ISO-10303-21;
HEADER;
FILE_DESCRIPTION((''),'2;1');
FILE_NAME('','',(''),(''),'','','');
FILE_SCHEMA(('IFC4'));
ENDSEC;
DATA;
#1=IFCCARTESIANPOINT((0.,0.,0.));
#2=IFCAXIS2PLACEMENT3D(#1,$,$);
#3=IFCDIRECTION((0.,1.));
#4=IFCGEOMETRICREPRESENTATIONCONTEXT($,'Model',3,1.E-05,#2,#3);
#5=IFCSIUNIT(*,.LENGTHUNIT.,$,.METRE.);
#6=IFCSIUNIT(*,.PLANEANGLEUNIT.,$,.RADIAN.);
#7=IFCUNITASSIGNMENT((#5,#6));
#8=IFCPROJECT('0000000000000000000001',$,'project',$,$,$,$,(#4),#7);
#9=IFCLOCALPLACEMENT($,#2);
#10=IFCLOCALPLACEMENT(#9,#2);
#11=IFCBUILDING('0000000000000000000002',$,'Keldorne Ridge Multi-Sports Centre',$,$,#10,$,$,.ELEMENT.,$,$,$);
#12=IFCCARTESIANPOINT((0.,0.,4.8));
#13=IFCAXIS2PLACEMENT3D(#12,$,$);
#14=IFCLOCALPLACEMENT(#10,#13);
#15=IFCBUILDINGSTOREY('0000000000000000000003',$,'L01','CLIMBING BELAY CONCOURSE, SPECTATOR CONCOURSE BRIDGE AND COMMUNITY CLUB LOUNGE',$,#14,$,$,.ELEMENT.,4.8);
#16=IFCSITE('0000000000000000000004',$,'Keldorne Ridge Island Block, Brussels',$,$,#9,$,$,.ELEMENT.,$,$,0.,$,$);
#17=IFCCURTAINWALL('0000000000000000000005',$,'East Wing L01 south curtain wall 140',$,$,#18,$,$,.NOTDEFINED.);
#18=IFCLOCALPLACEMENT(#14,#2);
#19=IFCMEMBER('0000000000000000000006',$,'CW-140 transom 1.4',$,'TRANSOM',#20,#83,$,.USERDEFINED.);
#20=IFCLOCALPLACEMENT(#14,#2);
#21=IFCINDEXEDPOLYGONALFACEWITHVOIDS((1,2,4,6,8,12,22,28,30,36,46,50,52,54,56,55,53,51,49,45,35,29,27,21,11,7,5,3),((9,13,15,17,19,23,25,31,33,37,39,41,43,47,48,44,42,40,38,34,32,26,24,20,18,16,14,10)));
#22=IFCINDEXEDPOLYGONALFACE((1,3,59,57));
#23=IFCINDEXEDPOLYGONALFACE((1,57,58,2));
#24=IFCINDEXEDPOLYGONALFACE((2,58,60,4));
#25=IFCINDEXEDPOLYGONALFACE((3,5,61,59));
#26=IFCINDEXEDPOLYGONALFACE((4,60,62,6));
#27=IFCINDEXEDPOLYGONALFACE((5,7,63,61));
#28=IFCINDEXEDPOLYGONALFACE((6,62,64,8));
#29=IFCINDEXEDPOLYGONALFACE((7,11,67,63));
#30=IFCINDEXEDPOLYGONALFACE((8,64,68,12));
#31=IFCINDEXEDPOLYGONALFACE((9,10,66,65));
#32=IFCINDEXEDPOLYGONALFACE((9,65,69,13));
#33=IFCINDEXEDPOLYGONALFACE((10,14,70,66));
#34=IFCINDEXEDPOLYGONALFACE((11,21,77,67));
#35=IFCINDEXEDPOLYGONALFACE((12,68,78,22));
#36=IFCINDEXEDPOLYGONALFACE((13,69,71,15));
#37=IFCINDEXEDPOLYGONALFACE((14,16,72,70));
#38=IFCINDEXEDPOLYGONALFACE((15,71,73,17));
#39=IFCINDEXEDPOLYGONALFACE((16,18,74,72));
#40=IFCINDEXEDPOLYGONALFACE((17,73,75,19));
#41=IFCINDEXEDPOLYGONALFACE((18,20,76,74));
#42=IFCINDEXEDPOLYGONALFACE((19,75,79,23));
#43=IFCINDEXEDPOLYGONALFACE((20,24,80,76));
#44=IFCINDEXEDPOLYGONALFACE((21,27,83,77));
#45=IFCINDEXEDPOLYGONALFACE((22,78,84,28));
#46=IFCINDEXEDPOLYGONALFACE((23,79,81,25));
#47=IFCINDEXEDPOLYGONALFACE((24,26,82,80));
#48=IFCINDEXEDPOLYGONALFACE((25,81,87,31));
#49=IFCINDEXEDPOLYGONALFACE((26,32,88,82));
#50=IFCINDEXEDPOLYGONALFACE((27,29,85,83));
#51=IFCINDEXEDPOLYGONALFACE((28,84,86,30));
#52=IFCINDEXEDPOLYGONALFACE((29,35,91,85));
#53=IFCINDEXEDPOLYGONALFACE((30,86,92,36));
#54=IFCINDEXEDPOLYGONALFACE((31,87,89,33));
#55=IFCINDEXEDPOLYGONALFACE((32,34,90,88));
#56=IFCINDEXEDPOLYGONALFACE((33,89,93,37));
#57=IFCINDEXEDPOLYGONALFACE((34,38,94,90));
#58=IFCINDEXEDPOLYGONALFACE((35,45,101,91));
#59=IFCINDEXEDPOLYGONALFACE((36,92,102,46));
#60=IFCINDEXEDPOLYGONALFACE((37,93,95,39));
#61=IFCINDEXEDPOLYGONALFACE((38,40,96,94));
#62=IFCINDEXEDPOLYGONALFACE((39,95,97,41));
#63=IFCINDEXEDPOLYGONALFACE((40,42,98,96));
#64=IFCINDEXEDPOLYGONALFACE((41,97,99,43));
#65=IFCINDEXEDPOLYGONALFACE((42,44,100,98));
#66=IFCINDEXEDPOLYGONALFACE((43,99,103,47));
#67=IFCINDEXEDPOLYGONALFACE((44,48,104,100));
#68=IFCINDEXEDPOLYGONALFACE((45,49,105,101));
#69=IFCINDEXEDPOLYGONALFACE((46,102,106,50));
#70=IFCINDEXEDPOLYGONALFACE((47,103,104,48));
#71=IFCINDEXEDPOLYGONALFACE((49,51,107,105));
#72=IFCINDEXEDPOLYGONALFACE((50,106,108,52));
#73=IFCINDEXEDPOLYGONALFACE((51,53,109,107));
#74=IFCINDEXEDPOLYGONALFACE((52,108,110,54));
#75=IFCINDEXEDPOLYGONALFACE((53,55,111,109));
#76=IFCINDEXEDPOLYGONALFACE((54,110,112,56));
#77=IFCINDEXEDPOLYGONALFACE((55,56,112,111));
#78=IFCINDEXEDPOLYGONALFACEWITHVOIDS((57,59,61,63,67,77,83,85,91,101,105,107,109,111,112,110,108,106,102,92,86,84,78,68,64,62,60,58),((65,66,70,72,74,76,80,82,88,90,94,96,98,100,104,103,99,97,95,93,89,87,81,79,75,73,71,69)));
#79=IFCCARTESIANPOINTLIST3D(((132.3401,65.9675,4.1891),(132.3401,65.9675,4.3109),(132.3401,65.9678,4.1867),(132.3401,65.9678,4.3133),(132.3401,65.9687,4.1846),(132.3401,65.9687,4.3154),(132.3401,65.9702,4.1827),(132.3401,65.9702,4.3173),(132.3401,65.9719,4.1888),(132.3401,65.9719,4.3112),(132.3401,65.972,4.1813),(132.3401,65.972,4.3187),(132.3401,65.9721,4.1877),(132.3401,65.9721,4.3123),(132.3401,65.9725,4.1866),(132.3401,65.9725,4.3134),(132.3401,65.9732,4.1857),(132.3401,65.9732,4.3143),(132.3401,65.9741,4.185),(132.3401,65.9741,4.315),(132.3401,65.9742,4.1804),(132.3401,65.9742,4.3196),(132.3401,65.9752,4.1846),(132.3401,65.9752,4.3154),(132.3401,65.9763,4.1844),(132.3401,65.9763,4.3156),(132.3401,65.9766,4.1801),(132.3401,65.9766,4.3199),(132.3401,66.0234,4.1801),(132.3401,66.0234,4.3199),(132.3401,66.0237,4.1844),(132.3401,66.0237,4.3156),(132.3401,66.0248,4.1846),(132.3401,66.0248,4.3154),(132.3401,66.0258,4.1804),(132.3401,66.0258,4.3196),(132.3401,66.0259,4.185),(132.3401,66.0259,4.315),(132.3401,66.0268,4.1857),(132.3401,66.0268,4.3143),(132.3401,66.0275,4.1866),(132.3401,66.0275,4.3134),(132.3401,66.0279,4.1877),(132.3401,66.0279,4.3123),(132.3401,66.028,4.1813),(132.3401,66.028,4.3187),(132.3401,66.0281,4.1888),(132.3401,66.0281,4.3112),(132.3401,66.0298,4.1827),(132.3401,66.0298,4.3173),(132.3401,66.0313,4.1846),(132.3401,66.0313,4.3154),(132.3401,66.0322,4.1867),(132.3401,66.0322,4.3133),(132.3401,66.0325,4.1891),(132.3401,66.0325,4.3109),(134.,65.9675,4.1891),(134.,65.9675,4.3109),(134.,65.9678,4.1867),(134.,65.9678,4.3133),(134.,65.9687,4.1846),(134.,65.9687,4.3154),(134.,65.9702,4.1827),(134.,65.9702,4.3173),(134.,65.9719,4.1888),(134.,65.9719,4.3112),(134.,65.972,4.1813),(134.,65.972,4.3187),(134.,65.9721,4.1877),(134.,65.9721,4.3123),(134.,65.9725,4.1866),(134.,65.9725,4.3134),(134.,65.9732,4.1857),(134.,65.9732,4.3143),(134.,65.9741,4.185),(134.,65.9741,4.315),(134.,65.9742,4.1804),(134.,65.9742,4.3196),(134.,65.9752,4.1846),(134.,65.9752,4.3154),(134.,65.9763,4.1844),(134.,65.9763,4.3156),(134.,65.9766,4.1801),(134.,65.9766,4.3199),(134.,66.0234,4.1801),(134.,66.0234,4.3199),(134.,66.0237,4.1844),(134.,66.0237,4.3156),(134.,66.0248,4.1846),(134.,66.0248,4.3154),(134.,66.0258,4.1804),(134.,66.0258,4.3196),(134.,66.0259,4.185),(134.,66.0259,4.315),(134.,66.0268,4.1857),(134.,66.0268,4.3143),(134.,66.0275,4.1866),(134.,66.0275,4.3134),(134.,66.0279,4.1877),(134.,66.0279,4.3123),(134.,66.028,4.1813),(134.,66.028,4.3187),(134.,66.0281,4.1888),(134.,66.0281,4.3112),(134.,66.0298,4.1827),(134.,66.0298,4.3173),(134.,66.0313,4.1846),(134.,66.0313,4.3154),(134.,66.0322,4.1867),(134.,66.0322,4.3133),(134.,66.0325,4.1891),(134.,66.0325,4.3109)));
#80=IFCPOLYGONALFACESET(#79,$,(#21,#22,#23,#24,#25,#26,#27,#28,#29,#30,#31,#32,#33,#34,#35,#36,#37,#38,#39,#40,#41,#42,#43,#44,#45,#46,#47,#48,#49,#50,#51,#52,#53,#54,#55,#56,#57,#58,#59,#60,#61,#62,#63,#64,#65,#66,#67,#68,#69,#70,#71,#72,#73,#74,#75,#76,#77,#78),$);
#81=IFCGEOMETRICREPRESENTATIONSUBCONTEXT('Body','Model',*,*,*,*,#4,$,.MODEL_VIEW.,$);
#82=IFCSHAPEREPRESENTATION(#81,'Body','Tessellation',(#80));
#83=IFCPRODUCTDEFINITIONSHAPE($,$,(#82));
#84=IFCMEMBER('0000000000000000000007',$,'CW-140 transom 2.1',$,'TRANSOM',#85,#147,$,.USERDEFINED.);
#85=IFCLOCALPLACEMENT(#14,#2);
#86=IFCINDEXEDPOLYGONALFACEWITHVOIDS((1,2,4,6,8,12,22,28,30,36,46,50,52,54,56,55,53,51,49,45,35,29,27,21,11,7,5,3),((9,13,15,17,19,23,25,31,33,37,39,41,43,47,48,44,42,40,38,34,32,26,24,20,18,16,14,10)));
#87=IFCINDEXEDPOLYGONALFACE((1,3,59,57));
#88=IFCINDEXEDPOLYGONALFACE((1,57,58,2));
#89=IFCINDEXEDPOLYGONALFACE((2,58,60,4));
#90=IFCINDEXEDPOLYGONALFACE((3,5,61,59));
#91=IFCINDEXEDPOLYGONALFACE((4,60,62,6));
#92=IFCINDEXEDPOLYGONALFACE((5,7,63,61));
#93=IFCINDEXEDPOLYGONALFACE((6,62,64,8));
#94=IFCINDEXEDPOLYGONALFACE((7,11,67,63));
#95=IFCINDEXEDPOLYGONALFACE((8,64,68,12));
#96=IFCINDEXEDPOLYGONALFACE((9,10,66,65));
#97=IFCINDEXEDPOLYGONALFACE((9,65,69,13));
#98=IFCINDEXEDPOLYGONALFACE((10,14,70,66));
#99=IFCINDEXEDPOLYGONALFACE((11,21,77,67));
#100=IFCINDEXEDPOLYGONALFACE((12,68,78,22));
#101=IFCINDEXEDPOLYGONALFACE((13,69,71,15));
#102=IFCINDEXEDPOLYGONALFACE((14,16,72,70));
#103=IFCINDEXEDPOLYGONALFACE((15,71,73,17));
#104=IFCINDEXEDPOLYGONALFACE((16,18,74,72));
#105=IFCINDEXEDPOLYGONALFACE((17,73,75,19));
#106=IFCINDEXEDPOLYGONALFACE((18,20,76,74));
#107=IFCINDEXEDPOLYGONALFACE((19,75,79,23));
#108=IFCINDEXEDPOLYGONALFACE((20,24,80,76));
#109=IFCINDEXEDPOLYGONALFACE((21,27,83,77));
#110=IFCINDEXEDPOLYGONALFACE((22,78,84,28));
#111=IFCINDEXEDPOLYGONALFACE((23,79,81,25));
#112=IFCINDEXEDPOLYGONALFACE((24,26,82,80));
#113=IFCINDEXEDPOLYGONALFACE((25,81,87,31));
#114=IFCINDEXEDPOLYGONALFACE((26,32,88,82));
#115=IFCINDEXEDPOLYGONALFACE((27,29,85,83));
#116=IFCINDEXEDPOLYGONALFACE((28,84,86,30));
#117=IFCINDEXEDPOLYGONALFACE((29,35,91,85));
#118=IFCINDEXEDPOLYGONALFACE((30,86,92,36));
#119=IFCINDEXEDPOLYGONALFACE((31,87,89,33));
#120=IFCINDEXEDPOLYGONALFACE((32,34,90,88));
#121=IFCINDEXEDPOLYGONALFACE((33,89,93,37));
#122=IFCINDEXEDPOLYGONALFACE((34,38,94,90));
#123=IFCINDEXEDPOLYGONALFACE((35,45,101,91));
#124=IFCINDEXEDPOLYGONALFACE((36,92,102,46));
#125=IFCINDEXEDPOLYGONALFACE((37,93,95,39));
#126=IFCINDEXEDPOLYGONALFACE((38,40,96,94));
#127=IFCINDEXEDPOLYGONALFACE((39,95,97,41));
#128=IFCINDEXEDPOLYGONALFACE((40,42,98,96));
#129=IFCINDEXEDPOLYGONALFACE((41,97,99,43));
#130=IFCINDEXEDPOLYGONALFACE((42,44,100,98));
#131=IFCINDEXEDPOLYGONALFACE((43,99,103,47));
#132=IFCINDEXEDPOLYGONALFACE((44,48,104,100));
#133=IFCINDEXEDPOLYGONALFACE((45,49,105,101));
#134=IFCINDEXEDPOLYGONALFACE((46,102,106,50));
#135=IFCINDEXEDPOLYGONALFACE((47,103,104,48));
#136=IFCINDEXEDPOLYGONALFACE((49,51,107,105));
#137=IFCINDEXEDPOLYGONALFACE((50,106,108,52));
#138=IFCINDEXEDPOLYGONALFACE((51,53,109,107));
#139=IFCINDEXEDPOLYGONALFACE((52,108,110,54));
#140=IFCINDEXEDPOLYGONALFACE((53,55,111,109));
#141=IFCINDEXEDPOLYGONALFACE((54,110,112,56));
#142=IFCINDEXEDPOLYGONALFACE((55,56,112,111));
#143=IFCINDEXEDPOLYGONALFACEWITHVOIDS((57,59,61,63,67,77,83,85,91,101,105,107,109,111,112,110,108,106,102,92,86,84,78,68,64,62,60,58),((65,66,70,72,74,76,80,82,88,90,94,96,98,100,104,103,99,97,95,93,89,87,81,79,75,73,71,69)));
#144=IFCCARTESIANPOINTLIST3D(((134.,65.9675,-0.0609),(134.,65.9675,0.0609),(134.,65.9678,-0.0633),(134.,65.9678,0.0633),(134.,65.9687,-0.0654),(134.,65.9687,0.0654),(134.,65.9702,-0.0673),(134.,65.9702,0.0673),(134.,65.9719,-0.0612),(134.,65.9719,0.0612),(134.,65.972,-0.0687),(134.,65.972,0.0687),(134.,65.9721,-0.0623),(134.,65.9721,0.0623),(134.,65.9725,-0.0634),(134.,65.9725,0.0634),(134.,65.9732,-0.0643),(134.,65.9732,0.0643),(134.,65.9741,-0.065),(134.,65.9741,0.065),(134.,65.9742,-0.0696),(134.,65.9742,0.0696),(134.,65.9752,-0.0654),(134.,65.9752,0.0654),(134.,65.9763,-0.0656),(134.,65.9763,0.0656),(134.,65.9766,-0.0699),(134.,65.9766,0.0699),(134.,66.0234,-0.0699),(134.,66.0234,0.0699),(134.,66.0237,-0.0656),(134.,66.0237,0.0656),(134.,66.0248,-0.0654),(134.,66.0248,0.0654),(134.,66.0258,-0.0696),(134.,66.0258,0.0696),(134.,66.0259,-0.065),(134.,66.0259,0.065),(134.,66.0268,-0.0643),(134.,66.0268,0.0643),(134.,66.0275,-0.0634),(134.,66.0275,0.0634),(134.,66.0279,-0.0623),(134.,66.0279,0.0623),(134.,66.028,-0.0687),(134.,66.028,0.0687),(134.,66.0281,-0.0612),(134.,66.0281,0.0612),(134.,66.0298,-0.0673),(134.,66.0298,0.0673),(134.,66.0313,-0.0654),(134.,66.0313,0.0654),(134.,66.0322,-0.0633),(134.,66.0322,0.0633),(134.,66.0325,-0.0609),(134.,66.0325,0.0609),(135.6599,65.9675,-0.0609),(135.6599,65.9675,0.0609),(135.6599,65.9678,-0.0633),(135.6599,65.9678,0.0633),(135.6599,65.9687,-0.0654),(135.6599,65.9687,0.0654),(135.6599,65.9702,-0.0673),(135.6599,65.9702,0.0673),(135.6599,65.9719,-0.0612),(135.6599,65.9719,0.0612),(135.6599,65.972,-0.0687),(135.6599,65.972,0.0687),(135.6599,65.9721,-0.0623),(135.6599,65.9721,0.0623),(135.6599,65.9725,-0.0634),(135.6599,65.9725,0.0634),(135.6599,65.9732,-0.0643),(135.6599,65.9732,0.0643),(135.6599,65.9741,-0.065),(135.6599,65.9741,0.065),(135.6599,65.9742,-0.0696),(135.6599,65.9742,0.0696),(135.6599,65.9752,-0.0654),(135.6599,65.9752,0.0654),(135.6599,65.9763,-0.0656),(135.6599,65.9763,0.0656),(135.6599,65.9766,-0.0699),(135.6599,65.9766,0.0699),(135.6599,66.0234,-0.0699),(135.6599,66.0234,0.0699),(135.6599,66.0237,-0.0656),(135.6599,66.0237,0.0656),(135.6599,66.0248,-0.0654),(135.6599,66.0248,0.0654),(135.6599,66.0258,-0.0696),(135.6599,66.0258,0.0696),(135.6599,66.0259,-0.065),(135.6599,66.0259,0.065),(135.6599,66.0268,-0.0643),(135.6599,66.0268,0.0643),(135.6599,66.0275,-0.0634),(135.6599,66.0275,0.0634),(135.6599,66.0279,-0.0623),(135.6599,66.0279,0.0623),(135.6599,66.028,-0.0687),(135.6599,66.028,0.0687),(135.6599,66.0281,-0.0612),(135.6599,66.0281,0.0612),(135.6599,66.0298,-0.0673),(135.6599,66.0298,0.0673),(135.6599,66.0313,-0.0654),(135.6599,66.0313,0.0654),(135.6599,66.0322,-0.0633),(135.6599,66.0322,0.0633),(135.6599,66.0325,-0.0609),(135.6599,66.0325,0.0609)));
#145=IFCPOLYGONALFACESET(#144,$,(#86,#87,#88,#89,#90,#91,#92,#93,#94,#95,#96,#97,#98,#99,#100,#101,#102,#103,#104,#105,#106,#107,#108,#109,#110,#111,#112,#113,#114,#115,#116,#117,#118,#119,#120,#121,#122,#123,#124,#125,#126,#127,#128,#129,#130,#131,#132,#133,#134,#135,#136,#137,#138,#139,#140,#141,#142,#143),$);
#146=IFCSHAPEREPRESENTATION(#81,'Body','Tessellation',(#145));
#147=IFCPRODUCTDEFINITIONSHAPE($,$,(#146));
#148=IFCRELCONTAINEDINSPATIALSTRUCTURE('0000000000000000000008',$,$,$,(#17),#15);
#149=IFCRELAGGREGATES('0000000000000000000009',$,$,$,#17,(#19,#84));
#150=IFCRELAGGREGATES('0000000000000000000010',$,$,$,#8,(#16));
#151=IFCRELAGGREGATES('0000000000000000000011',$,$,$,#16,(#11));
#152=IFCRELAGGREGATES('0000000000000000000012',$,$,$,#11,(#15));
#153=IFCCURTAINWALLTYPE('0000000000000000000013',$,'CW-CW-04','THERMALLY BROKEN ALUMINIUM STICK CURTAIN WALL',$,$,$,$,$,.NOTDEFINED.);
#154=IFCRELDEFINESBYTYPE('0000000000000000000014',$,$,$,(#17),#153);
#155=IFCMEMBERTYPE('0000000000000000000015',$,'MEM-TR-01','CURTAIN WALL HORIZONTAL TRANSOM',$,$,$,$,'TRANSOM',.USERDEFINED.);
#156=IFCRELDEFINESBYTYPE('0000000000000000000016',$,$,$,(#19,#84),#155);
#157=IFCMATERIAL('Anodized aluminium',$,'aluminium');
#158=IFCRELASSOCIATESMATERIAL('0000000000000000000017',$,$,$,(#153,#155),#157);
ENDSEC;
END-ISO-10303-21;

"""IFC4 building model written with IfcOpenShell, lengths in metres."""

from ifc_helpers import new_model, si_unit, direction, frame, origin, origin_2d, place, context, subcontext, project, spatial, hollow_rectangle, extrude, material, material_profile, profile_set, type_object, element, aggregate, save


model = new_model("IFC4")

# Units and contexts
model_context = context("Model", 3, precision=1e-05, world=origin(), true_north=direction((0.0, 1.0)))
body_context = subcontext(model_context, "Body", "Model", "MODEL_VIEW")
ifc_project = project(units=[si_unit("LENGTHUNIT", "METRE"), si_unit("PLANEANGLEUNIT", "RADIAN")], contexts=[model_context])

# Site, building, storey
site_placement = place(None, origin())
site = spatial("IfcSite", under=ifc_project, at=site_placement, Name="Keldorne Ridge Island Block, Brussels", CompositionType="ELEMENT", RefElevation=0.0)
building_placement = place(site_placement, origin())
building = spatial("IfcBuilding", under=site, at=building_placement, Name="Keldorne Ridge Multi-Sports Centre", CompositionType="ELEMENT")
storey_placement = place(building_placement, frame((0.0, 0.0, 4.8)))
storey = spatial("IfcBuildingStorey", under=building, at=storey_placement, Name="L01", Description="CLIMBING BELAY CONCOURSE, SPECTATOR CONCOURSE BRIDGE AND COMMUNITY CLUB LOUNGE", CompositionType="ELEMENT", Elevation=4.8)

# Curtain wall
ifc_material_1 = material(Name="Anodized aluminium", Category="aluminium")
curtain_wall_type_1 = type_object("IfcCurtainWallType", Name="CW-CW-04", Description="THERMALLY BROKEN ALUMINIUM STICK CURTAIN WALL", PredefinedType="NOTDEFINED", material=ifc_material_1)
curtain_wall_1_placement = place(storey_placement, origin())
curtain_wall_1 = element("IfcCurtainWall", 1, at=curtain_wall_1_placement, inside=storey, type_object=curtain_wall_type_1, Name="East Wing L01 south curtain wall 140", PredefinedType="NOTDEFINED")

# Members
ifc_material_profile_1 = material_profile(ifc_material_1, hollow_rectangle(XDim=0.0649, YDim=0.1399, WallThickness=0.0044, InnerFilletRadius=0.0044, OuterFilletRadius=0.009, at=origin_2d()), Name="ALU TRANSOM 140x65x4.5")
ifc_profile_set_1 = profile_set([ifc_material_profile_1], Name="Anodized aluminium")
member_type_1 = type_object("IfcMemberType", Name="MEM-TR-01", Description="CURTAIN WALL HORIZONTAL TRANSOM", ElementType="TRANSOM", PredefinedType="USERDEFINED", material=ifc_profile_set_1)
member_1_placement = place(storey_placement, frame((132.3401, 66.0, 4.25), z_axis=(1.0, 0.0, 0.0), x_axis=(0.0, 1.0, 0.0)))
member_1 = element("IfcMember", 2, at=member_1_placement, type_object=member_type_1, Name="CW-140 transom 1.4", ObjectType="TRANSOM", PredefinedType="USERDEFINED", context=body_context, shape_type="SweptSolid", body=[
    extrude(hollow_rectangle(XDim=0.0649, YDim=0.1399, WallThickness=0.0044, InnerFilletRadius=0.0044, OuterFilletRadius=0.009, at=origin_2d()), origin(), (0.0, 0.0, 1.0), 1.6599),
])
member_2_placement = place(storey_placement, frame((134.0, 66.0, 0.0), z_axis=(1.0, 0.0, 0.0), x_axis=(0.0, 1.0, 0.0)))
member_2 = element("IfcMember", 3, at=member_2_placement, type_object=member_type_1, Name="CW-140 transom 2.1", ObjectType="TRANSOM", PredefinedType="USERDEFINED", context=body_context, shape_type="SweptSolid", body=[
    extrude(hollow_rectangle(XDim=0.0649, YDim=0.1399, WallThickness=0.0044, InnerFilletRadius=0.0044, OuterFilletRadius=0.009, at=origin_2d()), origin(), (0.0, 0.0, 1.0), 1.6599),
])

aggregate(curtain_wall_1, [member_1, member_2])

save(model, "model.ifc")
